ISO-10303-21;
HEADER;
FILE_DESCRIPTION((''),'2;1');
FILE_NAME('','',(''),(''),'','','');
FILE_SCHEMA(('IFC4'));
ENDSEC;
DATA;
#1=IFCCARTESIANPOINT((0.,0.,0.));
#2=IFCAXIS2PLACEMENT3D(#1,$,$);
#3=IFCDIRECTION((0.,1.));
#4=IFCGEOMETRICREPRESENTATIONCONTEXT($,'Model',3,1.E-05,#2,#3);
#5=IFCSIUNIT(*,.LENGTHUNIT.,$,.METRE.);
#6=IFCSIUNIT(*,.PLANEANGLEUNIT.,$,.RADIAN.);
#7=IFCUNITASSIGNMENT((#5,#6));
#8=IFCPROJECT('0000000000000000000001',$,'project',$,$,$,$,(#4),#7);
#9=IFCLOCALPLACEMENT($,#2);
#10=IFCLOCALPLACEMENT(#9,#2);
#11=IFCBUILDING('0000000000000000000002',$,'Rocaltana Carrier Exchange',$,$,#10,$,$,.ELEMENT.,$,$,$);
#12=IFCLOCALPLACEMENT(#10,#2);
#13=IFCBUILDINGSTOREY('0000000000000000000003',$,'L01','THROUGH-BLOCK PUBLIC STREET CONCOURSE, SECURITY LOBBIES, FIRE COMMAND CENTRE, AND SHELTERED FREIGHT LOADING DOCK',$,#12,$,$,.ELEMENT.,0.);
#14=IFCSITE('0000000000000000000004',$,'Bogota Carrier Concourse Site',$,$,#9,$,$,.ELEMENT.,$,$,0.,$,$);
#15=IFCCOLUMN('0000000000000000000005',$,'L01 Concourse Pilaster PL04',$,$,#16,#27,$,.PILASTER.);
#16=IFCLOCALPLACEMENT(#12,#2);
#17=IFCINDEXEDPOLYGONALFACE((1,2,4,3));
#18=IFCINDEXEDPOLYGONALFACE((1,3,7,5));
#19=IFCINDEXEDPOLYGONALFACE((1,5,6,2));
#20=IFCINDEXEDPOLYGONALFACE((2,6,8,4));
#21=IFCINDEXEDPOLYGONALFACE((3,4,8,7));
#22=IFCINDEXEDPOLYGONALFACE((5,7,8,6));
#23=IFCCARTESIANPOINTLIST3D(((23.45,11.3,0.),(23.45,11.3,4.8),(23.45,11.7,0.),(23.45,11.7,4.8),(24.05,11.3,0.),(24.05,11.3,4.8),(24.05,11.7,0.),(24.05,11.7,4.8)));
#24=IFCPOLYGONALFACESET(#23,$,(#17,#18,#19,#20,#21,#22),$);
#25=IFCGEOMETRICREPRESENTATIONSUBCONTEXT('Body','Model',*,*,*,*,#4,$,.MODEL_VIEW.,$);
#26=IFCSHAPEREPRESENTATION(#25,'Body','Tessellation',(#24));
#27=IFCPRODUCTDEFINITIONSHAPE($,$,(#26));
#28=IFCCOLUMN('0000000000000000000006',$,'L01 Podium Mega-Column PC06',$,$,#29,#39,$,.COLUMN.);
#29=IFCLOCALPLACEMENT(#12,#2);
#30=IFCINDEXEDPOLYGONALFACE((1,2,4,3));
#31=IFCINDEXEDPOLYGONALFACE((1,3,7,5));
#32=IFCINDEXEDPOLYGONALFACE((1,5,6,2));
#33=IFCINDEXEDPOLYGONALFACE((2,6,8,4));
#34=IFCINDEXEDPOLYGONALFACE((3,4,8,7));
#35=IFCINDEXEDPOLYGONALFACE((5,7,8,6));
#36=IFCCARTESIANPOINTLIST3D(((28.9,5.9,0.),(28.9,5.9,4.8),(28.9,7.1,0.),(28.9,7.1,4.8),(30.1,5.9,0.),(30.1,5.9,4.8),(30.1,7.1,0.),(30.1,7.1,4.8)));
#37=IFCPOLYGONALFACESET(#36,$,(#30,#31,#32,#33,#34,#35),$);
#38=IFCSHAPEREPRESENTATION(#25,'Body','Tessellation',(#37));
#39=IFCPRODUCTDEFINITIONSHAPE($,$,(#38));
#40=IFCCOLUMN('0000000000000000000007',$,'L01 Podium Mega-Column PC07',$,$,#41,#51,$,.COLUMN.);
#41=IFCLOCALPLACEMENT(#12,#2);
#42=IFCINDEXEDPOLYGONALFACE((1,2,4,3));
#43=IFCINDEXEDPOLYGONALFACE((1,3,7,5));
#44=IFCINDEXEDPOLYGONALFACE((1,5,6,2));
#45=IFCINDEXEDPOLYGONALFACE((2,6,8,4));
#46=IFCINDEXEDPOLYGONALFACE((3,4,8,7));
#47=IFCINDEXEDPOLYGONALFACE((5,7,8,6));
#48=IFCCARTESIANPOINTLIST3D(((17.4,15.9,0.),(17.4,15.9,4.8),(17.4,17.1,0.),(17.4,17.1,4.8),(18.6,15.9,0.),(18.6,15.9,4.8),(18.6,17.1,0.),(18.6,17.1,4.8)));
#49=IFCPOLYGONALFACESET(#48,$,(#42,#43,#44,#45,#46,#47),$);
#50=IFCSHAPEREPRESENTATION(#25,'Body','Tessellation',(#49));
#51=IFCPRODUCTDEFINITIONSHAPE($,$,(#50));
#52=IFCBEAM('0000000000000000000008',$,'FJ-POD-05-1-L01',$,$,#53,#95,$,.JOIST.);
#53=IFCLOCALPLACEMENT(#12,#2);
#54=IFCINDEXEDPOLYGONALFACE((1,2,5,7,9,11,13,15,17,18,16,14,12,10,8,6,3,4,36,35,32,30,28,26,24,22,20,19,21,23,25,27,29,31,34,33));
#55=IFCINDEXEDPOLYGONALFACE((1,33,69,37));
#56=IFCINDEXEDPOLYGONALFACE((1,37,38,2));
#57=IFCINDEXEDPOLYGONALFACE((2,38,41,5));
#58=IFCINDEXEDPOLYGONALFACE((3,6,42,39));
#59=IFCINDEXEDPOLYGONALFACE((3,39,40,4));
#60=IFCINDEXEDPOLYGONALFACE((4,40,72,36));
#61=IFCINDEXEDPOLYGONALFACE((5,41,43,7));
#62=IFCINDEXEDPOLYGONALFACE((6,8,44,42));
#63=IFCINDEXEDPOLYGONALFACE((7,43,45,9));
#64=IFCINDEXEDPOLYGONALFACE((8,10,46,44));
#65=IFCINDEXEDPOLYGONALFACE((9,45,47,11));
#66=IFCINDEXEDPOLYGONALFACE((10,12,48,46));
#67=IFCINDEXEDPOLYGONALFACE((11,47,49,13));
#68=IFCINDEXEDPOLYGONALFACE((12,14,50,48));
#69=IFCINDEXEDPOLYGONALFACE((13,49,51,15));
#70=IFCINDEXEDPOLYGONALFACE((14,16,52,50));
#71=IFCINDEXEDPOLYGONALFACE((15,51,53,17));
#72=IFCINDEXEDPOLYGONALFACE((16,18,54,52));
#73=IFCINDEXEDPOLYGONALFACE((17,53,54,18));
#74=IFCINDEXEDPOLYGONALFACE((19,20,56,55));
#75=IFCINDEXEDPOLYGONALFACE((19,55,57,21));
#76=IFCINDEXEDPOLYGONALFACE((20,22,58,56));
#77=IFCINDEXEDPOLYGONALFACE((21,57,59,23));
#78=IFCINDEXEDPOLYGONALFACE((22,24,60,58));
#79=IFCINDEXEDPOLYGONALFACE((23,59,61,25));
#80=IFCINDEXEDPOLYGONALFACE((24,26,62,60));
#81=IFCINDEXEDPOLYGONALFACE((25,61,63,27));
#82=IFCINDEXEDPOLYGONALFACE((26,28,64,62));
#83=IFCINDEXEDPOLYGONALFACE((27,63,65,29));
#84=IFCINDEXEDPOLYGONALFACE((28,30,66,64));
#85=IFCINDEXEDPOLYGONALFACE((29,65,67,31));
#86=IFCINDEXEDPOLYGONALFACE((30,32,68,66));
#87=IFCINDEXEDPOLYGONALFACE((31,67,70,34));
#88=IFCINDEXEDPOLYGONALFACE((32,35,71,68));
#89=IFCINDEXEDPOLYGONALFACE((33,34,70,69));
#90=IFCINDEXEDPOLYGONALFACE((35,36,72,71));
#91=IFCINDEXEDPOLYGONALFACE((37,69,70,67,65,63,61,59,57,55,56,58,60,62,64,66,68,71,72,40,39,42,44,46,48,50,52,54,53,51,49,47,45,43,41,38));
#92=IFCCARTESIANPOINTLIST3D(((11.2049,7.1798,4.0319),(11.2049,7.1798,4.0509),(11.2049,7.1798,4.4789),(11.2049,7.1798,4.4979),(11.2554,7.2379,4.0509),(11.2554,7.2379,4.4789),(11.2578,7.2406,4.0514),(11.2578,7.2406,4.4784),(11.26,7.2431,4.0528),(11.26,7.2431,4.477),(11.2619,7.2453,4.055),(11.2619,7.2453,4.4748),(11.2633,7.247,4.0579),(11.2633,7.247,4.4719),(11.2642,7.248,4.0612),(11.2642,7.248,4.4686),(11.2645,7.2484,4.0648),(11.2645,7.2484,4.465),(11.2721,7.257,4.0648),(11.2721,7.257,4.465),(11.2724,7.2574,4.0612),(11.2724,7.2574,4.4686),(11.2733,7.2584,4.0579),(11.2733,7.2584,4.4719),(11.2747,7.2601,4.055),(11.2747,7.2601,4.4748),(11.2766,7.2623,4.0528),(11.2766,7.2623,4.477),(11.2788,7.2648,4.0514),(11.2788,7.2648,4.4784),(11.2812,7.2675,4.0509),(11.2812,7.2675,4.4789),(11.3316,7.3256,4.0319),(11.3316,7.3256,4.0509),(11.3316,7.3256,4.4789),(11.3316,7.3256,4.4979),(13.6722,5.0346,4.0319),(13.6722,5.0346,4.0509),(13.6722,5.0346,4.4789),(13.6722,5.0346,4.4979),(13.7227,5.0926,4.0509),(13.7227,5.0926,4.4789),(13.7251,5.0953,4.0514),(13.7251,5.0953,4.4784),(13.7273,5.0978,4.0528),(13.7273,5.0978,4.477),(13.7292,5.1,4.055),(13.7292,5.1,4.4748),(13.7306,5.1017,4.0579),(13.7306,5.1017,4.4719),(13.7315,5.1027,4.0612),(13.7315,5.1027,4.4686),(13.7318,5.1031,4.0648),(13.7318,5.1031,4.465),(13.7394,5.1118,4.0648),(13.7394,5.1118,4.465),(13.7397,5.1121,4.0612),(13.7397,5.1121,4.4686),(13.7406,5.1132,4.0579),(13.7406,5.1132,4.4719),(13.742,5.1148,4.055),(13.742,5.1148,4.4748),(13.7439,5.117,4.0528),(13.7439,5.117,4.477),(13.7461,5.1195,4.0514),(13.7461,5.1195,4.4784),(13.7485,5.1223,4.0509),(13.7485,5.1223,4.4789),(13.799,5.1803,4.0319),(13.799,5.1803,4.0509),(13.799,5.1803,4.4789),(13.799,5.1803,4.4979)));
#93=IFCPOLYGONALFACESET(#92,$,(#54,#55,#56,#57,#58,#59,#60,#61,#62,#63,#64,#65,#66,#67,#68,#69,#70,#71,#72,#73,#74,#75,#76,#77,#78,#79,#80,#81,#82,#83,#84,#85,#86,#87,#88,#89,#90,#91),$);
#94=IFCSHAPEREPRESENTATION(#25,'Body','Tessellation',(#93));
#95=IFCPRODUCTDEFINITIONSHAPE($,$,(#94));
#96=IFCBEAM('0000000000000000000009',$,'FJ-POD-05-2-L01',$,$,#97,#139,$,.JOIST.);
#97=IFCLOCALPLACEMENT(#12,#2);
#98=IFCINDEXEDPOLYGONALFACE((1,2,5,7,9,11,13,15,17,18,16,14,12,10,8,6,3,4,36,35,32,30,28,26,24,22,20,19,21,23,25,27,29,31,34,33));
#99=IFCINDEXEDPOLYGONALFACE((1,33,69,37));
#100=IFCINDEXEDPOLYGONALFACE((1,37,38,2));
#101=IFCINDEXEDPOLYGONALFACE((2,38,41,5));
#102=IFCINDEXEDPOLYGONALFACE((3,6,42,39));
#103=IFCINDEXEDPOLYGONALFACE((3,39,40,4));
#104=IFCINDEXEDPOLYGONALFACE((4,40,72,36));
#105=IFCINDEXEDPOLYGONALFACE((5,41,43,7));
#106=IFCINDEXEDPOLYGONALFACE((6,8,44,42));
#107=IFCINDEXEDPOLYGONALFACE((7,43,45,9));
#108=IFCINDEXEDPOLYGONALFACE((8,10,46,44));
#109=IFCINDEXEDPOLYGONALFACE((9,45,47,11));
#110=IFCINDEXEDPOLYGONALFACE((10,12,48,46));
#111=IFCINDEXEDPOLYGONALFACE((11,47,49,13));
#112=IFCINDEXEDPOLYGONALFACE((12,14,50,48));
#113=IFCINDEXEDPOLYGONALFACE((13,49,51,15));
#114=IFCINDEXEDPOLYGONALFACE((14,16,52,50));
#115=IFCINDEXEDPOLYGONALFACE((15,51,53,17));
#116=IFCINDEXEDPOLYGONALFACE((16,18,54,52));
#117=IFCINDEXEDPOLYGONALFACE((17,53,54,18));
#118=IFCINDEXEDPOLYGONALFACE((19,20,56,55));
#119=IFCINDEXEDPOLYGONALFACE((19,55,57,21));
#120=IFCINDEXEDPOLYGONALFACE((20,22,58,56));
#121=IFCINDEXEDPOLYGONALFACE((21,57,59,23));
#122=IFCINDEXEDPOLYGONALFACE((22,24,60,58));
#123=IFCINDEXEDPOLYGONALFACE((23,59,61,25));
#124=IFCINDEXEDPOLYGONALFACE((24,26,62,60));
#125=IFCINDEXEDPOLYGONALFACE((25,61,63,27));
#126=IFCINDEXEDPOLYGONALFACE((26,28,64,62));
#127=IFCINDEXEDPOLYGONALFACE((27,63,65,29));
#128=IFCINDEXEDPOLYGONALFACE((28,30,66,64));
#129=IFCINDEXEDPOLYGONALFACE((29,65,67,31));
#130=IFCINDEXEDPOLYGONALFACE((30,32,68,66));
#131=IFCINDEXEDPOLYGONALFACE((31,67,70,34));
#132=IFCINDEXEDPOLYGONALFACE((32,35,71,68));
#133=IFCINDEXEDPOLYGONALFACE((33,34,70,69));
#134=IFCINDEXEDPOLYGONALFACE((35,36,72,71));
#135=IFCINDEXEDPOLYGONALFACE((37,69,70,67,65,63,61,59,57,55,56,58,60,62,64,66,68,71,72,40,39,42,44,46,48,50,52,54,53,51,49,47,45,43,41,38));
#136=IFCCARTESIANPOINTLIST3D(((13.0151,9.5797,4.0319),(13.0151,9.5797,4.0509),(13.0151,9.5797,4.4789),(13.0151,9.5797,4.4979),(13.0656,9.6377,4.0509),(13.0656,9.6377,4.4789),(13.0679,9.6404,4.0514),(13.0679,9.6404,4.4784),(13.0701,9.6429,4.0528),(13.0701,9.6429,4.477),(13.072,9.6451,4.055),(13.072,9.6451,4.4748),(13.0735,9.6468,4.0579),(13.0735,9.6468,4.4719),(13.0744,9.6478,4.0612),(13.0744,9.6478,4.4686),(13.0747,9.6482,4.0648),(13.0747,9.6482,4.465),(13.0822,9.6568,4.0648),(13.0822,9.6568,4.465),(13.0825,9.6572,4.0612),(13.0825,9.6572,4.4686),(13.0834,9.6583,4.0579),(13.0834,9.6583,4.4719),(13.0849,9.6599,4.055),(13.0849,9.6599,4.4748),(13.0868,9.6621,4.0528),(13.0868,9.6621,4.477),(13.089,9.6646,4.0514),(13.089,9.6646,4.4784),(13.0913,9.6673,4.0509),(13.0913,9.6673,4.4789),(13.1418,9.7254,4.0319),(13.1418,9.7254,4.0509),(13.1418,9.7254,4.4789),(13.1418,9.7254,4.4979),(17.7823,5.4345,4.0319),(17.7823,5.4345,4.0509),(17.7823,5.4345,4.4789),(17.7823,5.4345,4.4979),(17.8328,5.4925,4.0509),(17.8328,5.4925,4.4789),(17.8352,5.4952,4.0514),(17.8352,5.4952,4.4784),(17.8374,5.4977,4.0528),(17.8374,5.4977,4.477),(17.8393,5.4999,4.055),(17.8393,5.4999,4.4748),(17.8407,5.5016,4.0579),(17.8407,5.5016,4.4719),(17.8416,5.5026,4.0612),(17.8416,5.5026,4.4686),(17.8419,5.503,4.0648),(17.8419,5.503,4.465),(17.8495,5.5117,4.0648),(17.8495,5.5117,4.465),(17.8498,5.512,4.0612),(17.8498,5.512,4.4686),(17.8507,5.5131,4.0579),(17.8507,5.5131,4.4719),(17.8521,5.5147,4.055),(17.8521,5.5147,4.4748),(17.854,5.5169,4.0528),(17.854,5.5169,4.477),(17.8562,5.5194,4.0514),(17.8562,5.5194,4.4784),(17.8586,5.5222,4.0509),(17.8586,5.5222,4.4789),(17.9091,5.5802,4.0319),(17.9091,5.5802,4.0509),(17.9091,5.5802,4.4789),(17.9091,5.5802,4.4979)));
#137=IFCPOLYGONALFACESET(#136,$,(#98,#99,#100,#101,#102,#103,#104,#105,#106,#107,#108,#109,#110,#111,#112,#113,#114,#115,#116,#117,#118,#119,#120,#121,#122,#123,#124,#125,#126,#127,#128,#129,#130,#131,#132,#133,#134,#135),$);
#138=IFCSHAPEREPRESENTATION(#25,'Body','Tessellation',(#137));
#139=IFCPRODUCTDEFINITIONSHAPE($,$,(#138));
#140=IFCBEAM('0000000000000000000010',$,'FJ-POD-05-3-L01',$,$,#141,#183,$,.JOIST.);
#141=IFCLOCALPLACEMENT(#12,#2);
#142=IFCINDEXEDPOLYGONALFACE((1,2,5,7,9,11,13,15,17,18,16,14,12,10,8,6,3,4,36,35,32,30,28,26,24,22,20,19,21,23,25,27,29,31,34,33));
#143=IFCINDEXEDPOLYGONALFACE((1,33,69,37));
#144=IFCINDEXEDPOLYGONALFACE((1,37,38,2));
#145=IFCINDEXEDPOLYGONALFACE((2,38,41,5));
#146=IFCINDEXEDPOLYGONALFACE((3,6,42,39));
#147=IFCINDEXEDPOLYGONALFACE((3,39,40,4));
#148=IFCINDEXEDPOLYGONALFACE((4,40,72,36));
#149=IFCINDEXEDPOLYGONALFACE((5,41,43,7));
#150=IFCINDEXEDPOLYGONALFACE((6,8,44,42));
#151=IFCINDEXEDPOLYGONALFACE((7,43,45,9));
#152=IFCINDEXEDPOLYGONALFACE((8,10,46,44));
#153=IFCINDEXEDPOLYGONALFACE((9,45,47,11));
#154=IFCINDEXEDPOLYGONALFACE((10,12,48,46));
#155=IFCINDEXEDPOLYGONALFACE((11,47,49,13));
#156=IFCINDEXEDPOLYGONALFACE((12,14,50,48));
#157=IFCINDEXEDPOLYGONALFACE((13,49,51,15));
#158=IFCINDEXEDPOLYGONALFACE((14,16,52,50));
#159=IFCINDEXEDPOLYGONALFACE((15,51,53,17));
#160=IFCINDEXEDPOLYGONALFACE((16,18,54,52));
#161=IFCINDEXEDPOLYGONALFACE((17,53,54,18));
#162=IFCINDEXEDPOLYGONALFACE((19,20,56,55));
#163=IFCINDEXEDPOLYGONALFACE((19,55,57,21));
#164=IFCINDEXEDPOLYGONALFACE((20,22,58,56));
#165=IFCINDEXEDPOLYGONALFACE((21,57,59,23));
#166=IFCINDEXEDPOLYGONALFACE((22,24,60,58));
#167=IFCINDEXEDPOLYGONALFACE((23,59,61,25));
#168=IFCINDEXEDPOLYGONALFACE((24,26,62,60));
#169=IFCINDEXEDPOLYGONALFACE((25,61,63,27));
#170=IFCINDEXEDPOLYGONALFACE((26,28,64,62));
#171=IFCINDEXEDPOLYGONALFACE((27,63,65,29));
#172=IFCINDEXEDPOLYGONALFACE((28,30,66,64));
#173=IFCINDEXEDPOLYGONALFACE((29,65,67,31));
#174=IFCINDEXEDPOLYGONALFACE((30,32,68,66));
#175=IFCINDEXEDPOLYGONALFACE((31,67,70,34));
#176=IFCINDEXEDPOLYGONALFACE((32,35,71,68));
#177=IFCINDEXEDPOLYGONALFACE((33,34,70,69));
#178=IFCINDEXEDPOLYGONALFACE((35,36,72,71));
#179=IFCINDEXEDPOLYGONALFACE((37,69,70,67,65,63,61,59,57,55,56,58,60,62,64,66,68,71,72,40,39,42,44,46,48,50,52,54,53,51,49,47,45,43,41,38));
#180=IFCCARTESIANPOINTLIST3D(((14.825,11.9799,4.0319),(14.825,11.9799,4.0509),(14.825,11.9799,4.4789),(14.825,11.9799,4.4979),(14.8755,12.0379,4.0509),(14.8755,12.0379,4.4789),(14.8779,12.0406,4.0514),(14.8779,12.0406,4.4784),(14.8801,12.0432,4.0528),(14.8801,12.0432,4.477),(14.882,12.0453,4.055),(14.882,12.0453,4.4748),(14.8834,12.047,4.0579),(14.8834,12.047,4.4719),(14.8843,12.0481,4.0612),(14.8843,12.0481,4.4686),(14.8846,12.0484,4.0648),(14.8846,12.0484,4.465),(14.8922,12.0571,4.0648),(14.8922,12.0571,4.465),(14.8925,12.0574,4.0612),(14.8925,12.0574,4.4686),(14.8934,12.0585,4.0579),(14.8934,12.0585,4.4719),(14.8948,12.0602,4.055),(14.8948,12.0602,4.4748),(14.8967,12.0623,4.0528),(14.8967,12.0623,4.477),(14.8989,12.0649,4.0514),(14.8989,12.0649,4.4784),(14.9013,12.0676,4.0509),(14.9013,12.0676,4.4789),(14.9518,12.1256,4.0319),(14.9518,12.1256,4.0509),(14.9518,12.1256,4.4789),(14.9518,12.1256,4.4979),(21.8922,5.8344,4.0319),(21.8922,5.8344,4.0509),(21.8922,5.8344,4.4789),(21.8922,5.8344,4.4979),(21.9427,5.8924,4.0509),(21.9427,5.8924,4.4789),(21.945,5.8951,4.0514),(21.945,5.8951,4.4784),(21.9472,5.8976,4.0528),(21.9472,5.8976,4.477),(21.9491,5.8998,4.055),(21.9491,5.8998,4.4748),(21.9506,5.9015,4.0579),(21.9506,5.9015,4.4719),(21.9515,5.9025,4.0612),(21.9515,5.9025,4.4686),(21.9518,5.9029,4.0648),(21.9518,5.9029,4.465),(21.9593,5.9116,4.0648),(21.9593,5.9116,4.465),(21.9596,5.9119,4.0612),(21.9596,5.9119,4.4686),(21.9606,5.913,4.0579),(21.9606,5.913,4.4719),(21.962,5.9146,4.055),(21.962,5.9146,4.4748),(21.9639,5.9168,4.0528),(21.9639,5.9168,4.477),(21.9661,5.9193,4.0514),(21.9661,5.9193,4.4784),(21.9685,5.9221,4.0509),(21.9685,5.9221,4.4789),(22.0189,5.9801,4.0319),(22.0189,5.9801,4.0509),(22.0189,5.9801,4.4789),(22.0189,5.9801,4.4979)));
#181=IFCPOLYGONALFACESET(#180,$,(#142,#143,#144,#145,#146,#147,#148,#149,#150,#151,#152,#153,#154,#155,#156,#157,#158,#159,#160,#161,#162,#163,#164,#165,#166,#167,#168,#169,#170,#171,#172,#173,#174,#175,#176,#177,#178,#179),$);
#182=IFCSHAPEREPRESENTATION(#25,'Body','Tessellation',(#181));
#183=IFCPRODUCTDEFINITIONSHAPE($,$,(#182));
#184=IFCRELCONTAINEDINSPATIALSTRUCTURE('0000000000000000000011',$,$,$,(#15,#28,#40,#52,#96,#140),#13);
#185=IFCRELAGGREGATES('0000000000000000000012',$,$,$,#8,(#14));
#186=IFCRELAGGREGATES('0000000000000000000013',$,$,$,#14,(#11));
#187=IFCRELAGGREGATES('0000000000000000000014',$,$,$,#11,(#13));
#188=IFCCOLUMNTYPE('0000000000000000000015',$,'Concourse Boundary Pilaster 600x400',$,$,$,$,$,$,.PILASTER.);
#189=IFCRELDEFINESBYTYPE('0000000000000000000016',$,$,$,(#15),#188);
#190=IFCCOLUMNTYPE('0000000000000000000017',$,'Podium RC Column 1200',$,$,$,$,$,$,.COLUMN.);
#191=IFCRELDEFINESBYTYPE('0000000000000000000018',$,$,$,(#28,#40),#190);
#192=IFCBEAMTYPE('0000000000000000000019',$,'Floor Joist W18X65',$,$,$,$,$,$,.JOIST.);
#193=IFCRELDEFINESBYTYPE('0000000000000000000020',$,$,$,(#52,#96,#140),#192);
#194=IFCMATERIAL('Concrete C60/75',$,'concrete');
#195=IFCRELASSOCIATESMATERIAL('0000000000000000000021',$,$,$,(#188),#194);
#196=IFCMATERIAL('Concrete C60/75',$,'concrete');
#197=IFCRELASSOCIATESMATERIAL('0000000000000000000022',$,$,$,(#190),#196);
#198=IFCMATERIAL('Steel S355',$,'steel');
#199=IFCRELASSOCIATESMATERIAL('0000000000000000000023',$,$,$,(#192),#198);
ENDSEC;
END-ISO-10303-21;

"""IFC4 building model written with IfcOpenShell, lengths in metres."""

from ifc_helpers import new_model, si_unit, direction, frame, origin, origin_2d, place, context, subcontext, project, spatial, rectangle, i_section, extrude, material, material_profile, profile_set, type_object, element, save


model = new_model("IFC4")

# Units and contexts
model_context = context("Model", 3, precision=1e-05, world=origin(), true_north=direction((0.0, 1.0)))
body_context = subcontext(model_context, "Body", "Model", "MODEL_VIEW")
ifc_project = project(units=[si_unit("LENGTHUNIT", "METRE"), si_unit("PLANEANGLEUNIT", "RADIAN")], contexts=[model_context])

# Site, building, storey
site_placement = place(None, origin())
site = spatial("IfcSite", under=ifc_project, at=site_placement, Name="Bogota Carrier Concourse Site", CompositionType="ELEMENT", RefElevation=0.0)
building_placement = place(site_placement, origin())
building = spatial("IfcBuilding", under=site, at=building_placement, Name="Rocaltana Carrier Exchange", CompositionType="ELEMENT")
storey_placement = place(building_placement, origin())
storey = spatial("IfcBuildingStorey", under=building, at=storey_placement, Name="L01", Description="THROUGH-BLOCK PUBLIC STREET CONCOURSE, SECURITY LOBBIES, FIRE COMMAND CENTRE, AND SHELTERED FREIGHT LOADING DOCK", CompositionType="ELEMENT", Elevation=0.0)

# Columns
ifc_material_1 = material(Name="Concrete C60/75", Category="concrete")
ifc_material_profile_1 = material_profile(ifc_material_1, rectangle(XDim=0.6001, YDim=0.3999, at=origin_2d()), Name="RC-PIL-600X400")
ifc_profile_set_1 = profile_set([ifc_material_profile_1], Name="Concrete C60/75")
column_type_1 = type_object("IfcColumnType", Name="Concourse Boundary Pilaster 600x400", PredefinedType="PILASTER", material=ifc_profile_set_1)
column_placement = place(storey_placement, frame((23.75, 11.5, 0.0), z_axis=(0.0, 0.0, 1.0), x_axis=(1.0, 0.0, 0.0)))
element("IfcColumn", 1, at=column_placement, inside=storey, type_object=column_type_1, Name="L01 Concourse Pilaster PL04", PredefinedType="PILASTER", context=body_context, shape_type="SweptSolid", body=[
    extrude(rectangle(XDim=0.6001, YDim=0.3999, at=origin_2d()), origin(), (0.0, 0.0, 1.0), 4.8),
])
ifc_material_2 = material(Name="Concrete C60/75", Category="concrete")
ifc_material_profile_2 = material_profile(ifc_material_2, rectangle(XDim=1.2, YDim=1.2, at=origin_2d()), Name="RC-COL-1200X1200")
ifc_profile_set_2 = profile_set([ifc_material_profile_2], Name="Concrete C60/75")
column_type_2 = type_object("IfcColumnType", Name="Podium RC Column 1200", PredefinedType="COLUMN", material=ifc_profile_set_2)
for number, where, z_axis, x_axis, name in (
    (2, (29.5, 6.5, 0.0), (0.0, 0.0, 1.0), (1.0, 0.0, 0.0), "L01 Podium Mega-Column PC06"),
    (3, (18.0, 16.5, 0.0), (0.0, 0.0, 1.0), (1.0, 0.0, 0.0), "L01 Podium Mega-Column PC07"),
):
    element("IfcColumn", number, at=place(storey_placement, frame(where, z_axis=z_axis, x_axis=x_axis)), inside=storey, type_object=column_type_2, Name=name, PredefinedType="COLUMN", context=body_context, shape_type="SweptSolid", body=[
        extrude(rectangle(XDim=1.2, YDim=1.2, at=origin_2d()), origin(), (0.0, 0.0, 1.0), 4.8),
    ])

# Beams
ifc_material_3 = material(Name="Steel S355", Category="steel")
ifc_material_profile_3 = material_profile(ifc_material_3, i_section(OverallWidth=0.1931, OverallDepth=0.4661, WebThickness=0.0115, FlangeThickness=0.019, FilletRadius=0.0139, at=origin_2d()), Name="W18X65")
ifc_profile_set_3 = profile_set([ifc_material_profile_3], Name="Steel S355")
beam_type_1 = type_object("IfcBeamType", Name="Floor Joist W18X65", PredefinedType="JOIST", material=ifc_profile_set_3)
beam_1_placement = place(storey_placement, frame((13.7356, 5.1074, 4.2649), z_axis=(-0.754636, 0.656144, 0.0), x_axis=(-0.656144, -0.754636, 0.0)))
element("IfcBeam", 4, at=beam_1_placement, inside=storey, type_object=beam_type_1, Name="FJ-POD-05-1-L01", PredefinedType="JOIST", context=body_context, shape_type="SweptSolid", body=[
    extrude(i_section(OverallWidth=0.1931, OverallDepth=0.4661, WebThickness=0.0115, FlangeThickness=0.019, FilletRadius=0.0139, at=origin_2d()), origin(), (0.0, 0.0, 1.0), 3.2695),
])
beam_2_placement = place(storey_placement, frame((17.8457, 5.5073, 4.2649), z_axis=(-0.754625, 0.656157, 0.0), x_axis=(-0.656157, -0.754625, 0.0)))
element("IfcBeam", 5, at=beam_2_placement, inside=storey, type_object=beam_type_1, Name="FJ-POD-05-2-L01", PredefinedType="JOIST", context=body_context, shape_type="SweptSolid", body=[
    extrude(i_section(OverallWidth=0.1931, OverallDepth=0.4661, WebThickness=0.0115, FlangeThickness=0.019, FilletRadius=0.0139, at=origin_2d()), origin(), (0.0, 0.0, 1.0), 6.3174),
])
beam_3_placement = place(storey_placement, frame((21.9556, 5.9072, 4.2649), z_axis=(-0.754597, 0.656189, 0.0), x_axis=(-0.656189, -0.754597, 0.0)))
element("IfcBeam", 6, at=beam_3_placement, inside=storey, type_object=beam_type_1, Name="FJ-POD-05-3-L01", PredefinedType="JOIST", context=body_context, shape_type="SweptSolid", body=[
    extrude(i_section(OverallWidth=0.1931, OverallDepth=0.4661, WebThickness=0.0115, FlangeThickness=0.019, FilletRadius=0.0139, at=origin_2d()), origin(), (0.0, 0.0, 1.0), 9.3655),
])

save(model, "model.ifc")
